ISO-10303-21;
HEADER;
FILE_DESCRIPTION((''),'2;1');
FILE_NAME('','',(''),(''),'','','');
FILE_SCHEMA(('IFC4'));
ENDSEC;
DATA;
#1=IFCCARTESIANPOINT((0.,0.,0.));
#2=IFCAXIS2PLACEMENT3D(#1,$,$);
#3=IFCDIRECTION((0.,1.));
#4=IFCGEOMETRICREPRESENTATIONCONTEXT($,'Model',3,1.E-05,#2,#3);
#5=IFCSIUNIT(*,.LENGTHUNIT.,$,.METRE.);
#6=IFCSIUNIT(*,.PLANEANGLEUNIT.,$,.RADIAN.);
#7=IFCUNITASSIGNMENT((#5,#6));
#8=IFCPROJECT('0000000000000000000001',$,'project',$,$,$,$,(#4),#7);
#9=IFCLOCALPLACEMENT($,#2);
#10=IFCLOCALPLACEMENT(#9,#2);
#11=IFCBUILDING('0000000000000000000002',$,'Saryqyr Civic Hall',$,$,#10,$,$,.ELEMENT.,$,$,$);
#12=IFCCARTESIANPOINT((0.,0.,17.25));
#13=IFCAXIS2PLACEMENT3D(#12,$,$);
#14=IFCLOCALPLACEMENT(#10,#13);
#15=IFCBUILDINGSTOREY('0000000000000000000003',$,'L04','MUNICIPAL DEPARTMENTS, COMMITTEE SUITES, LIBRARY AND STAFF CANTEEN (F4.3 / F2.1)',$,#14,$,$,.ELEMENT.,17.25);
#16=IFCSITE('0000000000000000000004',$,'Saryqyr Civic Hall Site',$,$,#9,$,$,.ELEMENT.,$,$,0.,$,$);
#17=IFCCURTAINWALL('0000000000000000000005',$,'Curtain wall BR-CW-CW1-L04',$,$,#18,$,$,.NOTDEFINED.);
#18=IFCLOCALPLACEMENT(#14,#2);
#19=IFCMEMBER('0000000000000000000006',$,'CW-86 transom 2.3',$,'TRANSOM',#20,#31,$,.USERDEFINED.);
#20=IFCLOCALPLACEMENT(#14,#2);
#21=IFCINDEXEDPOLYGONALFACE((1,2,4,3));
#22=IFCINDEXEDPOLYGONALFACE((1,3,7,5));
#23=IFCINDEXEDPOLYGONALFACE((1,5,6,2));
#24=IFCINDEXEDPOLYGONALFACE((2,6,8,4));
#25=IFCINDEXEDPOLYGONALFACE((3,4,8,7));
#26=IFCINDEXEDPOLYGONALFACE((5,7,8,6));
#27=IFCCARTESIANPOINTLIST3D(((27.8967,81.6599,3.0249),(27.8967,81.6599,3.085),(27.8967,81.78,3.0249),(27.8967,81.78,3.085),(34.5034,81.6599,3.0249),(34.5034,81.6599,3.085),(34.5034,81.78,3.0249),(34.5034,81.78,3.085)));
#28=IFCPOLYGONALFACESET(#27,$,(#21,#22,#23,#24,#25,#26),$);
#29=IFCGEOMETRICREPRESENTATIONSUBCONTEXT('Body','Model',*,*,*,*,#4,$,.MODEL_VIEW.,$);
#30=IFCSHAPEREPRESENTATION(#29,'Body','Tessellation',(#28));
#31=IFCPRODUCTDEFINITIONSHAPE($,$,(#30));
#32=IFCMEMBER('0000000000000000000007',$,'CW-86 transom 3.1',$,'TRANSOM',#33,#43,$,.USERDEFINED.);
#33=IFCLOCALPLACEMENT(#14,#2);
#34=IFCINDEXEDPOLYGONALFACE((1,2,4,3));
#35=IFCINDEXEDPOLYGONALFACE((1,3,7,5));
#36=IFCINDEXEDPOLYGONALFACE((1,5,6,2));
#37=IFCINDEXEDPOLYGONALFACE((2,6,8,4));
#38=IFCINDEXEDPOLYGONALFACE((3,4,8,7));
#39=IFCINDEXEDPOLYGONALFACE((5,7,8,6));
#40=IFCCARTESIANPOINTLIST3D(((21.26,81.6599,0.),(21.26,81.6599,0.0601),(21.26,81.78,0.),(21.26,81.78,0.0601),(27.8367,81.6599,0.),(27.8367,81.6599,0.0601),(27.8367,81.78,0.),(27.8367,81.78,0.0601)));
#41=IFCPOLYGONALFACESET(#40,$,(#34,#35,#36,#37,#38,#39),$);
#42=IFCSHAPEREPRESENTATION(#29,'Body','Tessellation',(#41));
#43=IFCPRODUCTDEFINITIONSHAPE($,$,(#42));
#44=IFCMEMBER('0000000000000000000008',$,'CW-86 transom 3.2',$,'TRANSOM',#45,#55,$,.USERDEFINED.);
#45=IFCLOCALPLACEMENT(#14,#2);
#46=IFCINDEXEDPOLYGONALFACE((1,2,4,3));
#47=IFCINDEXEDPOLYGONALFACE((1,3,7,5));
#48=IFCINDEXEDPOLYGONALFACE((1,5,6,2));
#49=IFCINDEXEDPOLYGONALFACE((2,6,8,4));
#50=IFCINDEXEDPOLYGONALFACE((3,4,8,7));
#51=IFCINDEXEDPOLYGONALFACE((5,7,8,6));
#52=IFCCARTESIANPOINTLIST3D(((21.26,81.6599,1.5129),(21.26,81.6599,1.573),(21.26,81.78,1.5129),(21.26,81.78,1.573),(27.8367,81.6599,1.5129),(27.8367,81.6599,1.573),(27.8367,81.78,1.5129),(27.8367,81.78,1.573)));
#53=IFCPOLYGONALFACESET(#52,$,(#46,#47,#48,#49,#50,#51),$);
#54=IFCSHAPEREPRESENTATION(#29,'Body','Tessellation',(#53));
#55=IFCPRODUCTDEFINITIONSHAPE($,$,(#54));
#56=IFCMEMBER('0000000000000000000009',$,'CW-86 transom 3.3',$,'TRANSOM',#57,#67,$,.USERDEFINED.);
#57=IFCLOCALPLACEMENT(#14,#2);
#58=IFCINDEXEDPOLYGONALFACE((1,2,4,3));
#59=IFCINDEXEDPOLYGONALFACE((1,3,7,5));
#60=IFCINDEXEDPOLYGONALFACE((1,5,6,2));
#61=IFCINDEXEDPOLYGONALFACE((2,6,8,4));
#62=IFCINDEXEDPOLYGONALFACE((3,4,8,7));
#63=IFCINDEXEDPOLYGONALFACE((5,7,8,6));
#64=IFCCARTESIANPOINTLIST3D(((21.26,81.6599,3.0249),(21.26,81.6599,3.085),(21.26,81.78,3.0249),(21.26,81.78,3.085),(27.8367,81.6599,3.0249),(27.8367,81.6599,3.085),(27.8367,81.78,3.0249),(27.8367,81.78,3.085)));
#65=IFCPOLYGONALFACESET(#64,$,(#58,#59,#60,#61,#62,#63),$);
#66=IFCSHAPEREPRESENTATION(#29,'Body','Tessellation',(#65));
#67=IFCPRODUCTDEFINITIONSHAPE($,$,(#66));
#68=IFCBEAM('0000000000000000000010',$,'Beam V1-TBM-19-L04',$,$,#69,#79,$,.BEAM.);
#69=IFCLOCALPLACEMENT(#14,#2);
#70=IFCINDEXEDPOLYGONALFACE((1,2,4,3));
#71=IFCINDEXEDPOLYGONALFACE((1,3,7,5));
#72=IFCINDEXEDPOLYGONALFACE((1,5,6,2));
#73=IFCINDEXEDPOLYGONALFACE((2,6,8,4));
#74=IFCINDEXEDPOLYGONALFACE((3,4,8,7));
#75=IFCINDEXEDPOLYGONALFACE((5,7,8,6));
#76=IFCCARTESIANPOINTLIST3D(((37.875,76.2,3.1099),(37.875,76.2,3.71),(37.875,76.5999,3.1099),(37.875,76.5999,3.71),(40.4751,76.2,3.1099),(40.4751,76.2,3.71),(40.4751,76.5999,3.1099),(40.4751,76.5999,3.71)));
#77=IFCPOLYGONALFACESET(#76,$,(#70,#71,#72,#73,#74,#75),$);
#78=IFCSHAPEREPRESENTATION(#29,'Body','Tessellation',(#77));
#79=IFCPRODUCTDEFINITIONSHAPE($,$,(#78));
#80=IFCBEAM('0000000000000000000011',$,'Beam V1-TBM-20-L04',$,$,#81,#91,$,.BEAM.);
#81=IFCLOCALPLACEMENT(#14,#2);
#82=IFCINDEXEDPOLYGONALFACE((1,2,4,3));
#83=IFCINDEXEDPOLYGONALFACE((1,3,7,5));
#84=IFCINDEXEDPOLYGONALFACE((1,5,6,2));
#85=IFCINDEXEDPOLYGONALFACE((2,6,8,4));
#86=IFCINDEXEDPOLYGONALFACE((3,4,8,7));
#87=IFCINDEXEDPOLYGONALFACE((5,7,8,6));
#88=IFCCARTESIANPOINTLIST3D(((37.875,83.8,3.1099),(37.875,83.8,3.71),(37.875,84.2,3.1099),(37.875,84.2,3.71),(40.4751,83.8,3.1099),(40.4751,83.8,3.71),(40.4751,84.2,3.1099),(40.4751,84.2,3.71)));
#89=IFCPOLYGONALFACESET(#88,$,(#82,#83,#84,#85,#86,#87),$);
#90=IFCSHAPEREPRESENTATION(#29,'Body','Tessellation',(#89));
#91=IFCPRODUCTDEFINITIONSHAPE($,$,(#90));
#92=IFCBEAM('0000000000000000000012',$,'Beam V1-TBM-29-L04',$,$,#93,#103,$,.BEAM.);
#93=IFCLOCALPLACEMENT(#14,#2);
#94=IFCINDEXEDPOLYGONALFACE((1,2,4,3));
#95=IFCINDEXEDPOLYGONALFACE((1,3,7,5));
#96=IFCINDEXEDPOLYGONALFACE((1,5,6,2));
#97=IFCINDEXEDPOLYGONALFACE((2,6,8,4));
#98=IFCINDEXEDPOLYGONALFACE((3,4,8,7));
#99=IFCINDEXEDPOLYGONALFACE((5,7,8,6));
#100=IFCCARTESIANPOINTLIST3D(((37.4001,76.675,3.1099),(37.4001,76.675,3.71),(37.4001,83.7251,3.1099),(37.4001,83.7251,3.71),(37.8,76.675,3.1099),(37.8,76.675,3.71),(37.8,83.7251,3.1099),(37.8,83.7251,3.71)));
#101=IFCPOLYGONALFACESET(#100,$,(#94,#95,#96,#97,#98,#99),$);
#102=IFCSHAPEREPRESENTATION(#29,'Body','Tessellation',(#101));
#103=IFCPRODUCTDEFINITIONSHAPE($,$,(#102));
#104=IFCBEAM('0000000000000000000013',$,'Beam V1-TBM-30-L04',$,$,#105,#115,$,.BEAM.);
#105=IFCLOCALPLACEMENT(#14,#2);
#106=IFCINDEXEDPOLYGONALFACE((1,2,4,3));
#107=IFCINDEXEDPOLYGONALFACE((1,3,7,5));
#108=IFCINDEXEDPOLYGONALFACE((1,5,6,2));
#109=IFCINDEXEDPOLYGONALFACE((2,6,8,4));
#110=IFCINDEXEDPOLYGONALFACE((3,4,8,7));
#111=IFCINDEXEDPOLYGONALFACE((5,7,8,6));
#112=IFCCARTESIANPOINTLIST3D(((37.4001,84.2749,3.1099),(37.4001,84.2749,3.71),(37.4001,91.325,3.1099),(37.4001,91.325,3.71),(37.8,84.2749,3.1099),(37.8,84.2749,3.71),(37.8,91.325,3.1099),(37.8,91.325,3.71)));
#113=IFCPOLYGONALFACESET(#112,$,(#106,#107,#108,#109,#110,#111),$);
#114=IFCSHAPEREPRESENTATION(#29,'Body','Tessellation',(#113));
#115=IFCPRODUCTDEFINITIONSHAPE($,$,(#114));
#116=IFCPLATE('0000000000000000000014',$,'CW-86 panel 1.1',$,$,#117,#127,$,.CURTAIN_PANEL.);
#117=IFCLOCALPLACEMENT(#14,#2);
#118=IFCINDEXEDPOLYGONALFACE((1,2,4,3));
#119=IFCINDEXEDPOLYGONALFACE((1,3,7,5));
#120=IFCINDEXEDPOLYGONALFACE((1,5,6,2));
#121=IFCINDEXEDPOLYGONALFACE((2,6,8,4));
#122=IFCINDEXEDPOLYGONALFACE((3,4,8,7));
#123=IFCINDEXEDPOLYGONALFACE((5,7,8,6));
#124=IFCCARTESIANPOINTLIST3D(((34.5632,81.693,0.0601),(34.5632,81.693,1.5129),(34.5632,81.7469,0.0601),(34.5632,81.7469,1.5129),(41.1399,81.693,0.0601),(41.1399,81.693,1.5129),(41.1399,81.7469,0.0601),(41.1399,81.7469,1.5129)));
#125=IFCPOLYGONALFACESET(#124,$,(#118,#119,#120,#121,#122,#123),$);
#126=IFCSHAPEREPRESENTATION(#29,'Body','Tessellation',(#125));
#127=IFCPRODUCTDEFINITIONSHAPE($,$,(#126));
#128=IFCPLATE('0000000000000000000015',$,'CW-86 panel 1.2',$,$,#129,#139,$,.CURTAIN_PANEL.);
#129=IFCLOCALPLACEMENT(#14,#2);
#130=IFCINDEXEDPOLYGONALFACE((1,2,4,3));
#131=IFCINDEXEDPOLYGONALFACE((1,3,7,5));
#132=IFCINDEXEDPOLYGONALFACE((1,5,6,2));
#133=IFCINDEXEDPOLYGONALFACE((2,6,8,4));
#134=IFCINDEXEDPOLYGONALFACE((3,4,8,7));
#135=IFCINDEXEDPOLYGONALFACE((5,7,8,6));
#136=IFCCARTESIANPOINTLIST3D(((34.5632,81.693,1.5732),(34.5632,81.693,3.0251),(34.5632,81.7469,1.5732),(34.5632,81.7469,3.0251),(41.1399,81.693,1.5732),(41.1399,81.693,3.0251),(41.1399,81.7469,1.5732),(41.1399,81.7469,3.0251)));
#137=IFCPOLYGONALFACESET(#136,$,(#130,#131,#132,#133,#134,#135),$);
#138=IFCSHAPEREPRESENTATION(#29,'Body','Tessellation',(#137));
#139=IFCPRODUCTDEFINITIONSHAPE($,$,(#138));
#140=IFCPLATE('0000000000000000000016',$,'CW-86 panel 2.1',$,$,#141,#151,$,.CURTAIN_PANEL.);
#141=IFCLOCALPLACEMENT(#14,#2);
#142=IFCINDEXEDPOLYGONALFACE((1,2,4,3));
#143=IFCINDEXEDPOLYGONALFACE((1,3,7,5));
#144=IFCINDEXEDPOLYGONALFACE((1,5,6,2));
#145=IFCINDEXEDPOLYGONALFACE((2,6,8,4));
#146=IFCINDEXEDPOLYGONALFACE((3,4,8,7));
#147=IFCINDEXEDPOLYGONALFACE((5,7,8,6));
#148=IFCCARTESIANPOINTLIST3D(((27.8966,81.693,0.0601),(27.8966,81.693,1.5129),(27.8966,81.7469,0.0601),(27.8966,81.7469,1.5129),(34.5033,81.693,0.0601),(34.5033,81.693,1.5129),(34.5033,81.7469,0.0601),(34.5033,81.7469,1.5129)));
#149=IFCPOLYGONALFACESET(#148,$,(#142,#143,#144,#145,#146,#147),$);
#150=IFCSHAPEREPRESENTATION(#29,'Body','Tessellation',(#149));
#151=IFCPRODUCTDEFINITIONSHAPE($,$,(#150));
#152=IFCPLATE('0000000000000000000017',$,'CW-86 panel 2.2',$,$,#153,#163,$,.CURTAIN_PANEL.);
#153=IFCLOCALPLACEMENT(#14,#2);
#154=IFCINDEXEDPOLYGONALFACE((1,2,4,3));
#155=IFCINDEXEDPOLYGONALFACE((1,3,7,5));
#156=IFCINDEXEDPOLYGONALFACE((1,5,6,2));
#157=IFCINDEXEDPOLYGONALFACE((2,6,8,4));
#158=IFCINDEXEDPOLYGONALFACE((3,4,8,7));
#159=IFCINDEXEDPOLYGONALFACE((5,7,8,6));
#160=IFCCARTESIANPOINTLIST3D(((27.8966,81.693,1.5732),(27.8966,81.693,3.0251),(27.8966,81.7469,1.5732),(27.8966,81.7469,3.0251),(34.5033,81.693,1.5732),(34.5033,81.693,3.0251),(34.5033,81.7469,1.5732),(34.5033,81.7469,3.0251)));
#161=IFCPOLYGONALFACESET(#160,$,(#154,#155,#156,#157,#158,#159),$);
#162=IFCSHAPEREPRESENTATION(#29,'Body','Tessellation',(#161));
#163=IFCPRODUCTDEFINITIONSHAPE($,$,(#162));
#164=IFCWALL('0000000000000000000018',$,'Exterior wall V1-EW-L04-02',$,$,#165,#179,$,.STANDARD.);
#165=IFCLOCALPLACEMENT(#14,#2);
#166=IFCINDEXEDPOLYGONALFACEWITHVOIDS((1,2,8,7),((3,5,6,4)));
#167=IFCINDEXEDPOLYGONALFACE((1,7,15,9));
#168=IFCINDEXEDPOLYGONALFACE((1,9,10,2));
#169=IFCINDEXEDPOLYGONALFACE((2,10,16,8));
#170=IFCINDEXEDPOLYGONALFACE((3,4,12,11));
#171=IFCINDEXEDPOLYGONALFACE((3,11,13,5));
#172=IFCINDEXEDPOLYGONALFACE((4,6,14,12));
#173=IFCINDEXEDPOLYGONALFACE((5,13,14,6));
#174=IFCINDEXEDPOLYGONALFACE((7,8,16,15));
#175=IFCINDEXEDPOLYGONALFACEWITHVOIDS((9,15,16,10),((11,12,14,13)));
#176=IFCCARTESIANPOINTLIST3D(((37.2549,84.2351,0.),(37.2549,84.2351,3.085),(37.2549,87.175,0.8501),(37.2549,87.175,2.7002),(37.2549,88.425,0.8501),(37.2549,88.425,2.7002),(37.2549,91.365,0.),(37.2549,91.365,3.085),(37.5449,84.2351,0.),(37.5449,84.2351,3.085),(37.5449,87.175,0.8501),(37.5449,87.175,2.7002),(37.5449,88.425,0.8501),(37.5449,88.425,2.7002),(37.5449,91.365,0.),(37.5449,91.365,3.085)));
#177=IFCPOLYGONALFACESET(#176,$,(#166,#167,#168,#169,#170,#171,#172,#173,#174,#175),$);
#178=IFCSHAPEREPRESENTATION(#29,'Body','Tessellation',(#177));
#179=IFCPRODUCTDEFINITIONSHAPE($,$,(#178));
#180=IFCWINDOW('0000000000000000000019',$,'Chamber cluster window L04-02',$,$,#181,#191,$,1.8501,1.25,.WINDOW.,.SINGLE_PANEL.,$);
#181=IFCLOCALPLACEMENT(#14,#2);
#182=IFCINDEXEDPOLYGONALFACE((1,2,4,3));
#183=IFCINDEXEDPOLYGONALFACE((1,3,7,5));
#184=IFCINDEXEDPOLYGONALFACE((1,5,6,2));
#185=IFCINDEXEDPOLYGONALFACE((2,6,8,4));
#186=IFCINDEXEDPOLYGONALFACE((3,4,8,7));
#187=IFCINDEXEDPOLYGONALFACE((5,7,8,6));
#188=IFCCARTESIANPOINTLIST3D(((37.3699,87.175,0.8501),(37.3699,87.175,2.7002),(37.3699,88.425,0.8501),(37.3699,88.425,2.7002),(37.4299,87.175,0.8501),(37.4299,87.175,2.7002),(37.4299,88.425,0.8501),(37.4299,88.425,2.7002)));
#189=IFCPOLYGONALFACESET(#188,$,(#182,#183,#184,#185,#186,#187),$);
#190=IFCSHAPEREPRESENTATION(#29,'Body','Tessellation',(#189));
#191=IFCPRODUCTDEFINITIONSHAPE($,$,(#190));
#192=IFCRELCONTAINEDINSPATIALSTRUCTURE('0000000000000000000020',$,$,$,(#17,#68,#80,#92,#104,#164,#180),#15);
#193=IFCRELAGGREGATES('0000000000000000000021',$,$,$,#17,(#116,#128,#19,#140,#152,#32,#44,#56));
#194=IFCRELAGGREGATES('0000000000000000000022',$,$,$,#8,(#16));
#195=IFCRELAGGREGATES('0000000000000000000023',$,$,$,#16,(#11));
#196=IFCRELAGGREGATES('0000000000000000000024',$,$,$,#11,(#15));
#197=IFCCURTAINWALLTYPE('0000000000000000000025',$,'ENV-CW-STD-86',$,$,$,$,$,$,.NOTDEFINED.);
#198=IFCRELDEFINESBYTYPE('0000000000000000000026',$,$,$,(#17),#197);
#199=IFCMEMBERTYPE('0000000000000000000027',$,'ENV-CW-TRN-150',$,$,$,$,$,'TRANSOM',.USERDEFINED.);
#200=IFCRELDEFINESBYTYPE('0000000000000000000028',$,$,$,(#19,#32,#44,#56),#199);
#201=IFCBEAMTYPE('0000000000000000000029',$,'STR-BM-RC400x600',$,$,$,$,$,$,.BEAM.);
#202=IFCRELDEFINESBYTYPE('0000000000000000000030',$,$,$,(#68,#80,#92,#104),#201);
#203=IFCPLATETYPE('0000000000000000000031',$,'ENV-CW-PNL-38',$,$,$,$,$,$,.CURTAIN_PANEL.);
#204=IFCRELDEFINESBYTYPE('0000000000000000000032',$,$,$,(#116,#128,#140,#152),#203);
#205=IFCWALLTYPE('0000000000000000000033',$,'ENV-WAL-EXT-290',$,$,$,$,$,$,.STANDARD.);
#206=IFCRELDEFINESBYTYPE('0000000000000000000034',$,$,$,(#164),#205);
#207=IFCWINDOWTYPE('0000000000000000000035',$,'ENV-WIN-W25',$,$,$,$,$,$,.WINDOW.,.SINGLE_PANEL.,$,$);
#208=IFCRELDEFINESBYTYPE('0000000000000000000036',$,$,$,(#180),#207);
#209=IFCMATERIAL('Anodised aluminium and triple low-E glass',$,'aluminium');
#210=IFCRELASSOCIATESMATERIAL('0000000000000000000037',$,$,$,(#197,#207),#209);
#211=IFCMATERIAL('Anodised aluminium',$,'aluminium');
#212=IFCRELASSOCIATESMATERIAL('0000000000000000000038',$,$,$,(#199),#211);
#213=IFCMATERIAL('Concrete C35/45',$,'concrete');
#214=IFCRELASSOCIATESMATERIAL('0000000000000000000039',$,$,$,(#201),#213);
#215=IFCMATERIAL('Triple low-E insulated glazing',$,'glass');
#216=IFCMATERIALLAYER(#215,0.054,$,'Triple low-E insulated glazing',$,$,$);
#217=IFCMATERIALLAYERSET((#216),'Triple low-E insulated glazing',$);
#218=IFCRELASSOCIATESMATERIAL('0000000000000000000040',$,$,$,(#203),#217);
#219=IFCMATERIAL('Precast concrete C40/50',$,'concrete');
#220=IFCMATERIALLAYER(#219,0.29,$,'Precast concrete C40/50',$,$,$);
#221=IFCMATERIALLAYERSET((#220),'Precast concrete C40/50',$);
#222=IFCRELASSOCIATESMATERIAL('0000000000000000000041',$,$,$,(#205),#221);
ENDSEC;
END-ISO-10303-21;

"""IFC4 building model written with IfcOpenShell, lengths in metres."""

from ifc_helpers import new_model, si_unit, direction, frame, frame_2d, origin, origin_2d, place, context, subcontext, project, spatial, rectangle, extrude, material, layer, layer_set, material_profile, profile_set, type_object, element, fill, aggregate, save


model = new_model("IFC4")

# Units and contexts
model_context = context("Model", 3, precision=1e-05, world=origin(), true_north=direction((0.0, 1.0)))
body_context = subcontext(model_context, "Body", "Model", "MODEL_VIEW")
ifc_project = project(units=[si_unit("LENGTHUNIT", "METRE"), si_unit("PLANEANGLEUNIT", "RADIAN")], contexts=[model_context])

# Site, building, storey
site_placement = place(None, origin())
site = spatial("IfcSite", under=ifc_project, at=site_placement, Name="Saryqyr Civic Hall Site", CompositionType="ELEMENT", RefElevation=0.0)
building_placement = place(site_placement, origin())
building = spatial("IfcBuilding", under=site, at=building_placement, Name="Saryqyr Civic Hall", CompositionType="ELEMENT")
storey_placement = place(building_placement, frame((0.0, 0.0, 17.25)))
storey = spatial("IfcBuildingStorey", under=building, at=storey_placement, Name="L04", Description="MUNICIPAL DEPARTMENTS, COMMITTEE SUITES, LIBRARY AND STAFF CANTEEN (F4.3 / F2.1)", CompositionType="ELEMENT", Elevation=17.25)

# Curtain wall, members
ifc_material_1 = material(Name="Anodised aluminium and triple low-E glass", Category="aluminium")
curtain_wall_type = type_object("IfcCurtainWallType", Name="ENV-CW-STD-86", PredefinedType="NOTDEFINED", material=ifc_material_1)
curtain_wall_placement = place(storey_placement, origin())
curtain_wall = element("IfcCurtainWall", 1, at=curtain_wall_placement, inside=storey, type_object=curtain_wall_type, Name="Curtain wall BR-CW-CW1-L04", PredefinedType="NOTDEFINED")
ifc_material_2 = material(Name="Anodised aluminium", Category="aluminium")
ifc_material_profile_1 = material_profile(ifc_material_2, rectangle(XDim=0.1201, YDim=0.0601, at=origin_2d()), Name="ALU TRANSOM 120x60")
ifc_profile_set_1 = profile_set([ifc_material_profile_1], Name="Anodised aluminium")
member_type_1 = type_object("IfcMemberType", Name="ENV-CW-TRN-150", ElementType="TRANSOM", PredefinedType="USERDEFINED", material=ifc_profile_set_1)
member_1_placement = place(storey_placement, frame((34.5034, 81.72, 3.0549), z_axis=(-1.0, 0.0, 0.0), x_axis=(0.0, -1.0, 0.0)))
member_1 = element("IfcMember", 2, at=member_1_placement, type_object=member_type_1, Name="CW-86 transom 2.3", ObjectType="TRANSOM", PredefinedType="USERDEFINED", context=body_context, shape_type="SweptSolid", body=[
    extrude(rectangle(XDim=0.1201, YDim=0.0601, at=origin_2d()), origin(), (0.0, 0.0, 1.0), 6.6067),
])
member_2_placement = place(storey_placement, frame((27.8367, 81.72, 0.03), z_axis=(-1.0, 0.0, 0.0), x_axis=(0.0, -1.0, 0.0)))
member_2 = element("IfcMember", 3, at=member_2_placement, type_object=member_type_1, Name="CW-86 transom 3.1", ObjectType="TRANSOM", PredefinedType="USERDEFINED", context=body_context, shape_type="SweptSolid", body=[
    extrude(rectangle(XDim=0.1201, YDim=0.0601, at=origin_2d()), origin(), (0.0, 0.0, 1.0), 6.5767),
])
member_3_placement = place(storey_placement, frame((27.8367, 81.72, 1.543), z_axis=(-1.0, 0.0, 0.0), x_axis=(0.0, -1.0, 0.0)))
member_3 = element("IfcMember", 4, at=member_3_placement, type_object=member_type_1, Name="CW-86 transom 3.2", ObjectType="TRANSOM", PredefinedType="USERDEFINED", context=body_context, shape_type="SweptSolid", body=[
    extrude(rectangle(XDim=0.1201, YDim=0.0601, at=origin_2d()), origin(), (0.0, 0.0, 1.0), 6.5767),
])
member_4_placement = place(storey_placement, frame((27.8367, 81.72, 3.0549), z_axis=(-1.0, 0.0, 0.0), x_axis=(0.0, -1.0, 0.0)))
member_4 = element("IfcMember", 5, at=member_4_placement, type_object=member_type_1, Name="CW-86 transom 3.3", ObjectType="TRANSOM", PredefinedType="USERDEFINED", context=body_context, shape_type="SweptSolid", body=[
    extrude(rectangle(XDim=0.1201, YDim=0.0601, at=origin_2d()), origin(), (0.0, 0.0, 1.0), 6.5767),
])

# Beams
ifc_material_3 = material(Name="Concrete C35/45", Category="concrete")
ifc_material_profile_2 = material_profile(ifc_material_3, rectangle(XDim=0.3999, YDim=0.6001, at=origin_2d()), Name="RC 400x600")
ifc_profile_set_2 = profile_set([ifc_material_profile_2], Name="Concrete C35/45")
beam_type = type_object("IfcBeamType", Name="STR-BM-RC400x600", PredefinedType="BEAM", material=ifc_profile_set_2)
for number, where, z_axis, x_axis, name in (
    (6, (37.875, 76.3999, 3.4099), (1.0, 0.0, 0.0), (0.0, 1.0, 0.0), "Beam V1-TBM-19-L04"),
    (7, (37.875, 84.0, 3.4099), (1.0, 0.0, 0.0), (0.0, 1.0, 0.0), "Beam V1-TBM-20-L04"),
):
    element("IfcBeam", number, at=place(storey_placement, frame(where, z_axis=z_axis, x_axis=x_axis)), inside=storey, type_object=beam_type, Name=name, PredefinedType="BEAM", context=body_context, shape_type="SweptSolid", body=[
        extrude(rectangle(XDim=0.3999, YDim=0.6001, at=origin_2d()), origin(), (0.0, 0.0, 1.0), 2.6001),
    ])
for number, where, z_axis, x_axis, name in (
    (8, (37.6001, 76.675, 3.4099), (0.0, 1.0, 0.0), (-1.0, 0.0, 0.0), "Beam V1-TBM-29-L04"),
    (9, (37.6001, 84.2749, 3.4099), (0.0, 1.0, 0.0), (-1.0, 0.0, 0.0), "Beam V1-TBM-30-L04"),
):
    element("IfcBeam", number, at=place(storey_placement, frame(where, z_axis=z_axis, x_axis=x_axis)), inside=storey, type_object=beam_type, Name=name, PredefinedType="BEAM", context=body_context, shape_type="SweptSolid", body=[
        extrude(rectangle(XDim=0.3999, YDim=0.6001, at=origin_2d()), origin(), (0.0, 0.0, 1.0), 7.05),
    ])

# Plates
ifc_material_4 = material(Name="Triple low-E insulated glazing", Category="glass")
ifc_layer_1 = layer(ifc_material_4, 0.054, Name="Triple low-E insulated glazing")
ifc_layer_set_1 = layer_set([ifc_layer_1], Name="Triple low-E insulated glazing")
plate_type = type_object("IfcPlateType", Name="ENV-CW-PNL-38", PredefinedType="CURTAIN_PANEL", material=ifc_layer_set_1)
plate_1_placement = place(storey_placement, frame((37.8516, 81.72, 0.0601), z_axis=(0.0, 0.0, 1.0), x_axis=(-1.0, 0.0, 0.0)))
plate_1 = element("IfcPlate", 10, at=plate_1_placement, type_object=plate_type, Name="CW-86 panel 1.1", PredefinedType="CURTAIN_PANEL", context=body_context, shape_type="SweptSolid", body=[
    extrude(rectangle(XDim=6.5767, YDim=0.054, at=origin_2d()), origin(), (0.0, 0.0, 1.0), 1.4529),
])
plate_2_placement = place(storey_placement, frame((37.8516, 81.72, 1.5732), z_axis=(0.0, 0.0, 1.0), x_axis=(-1.0, 0.0, 0.0)))
plate_2 = element("IfcPlate", 11, at=plate_2_placement, type_object=plate_type, Name="CW-86 panel 1.2", PredefinedType="CURTAIN_PANEL", context=body_context, shape_type="SweptSolid", body=[
    extrude(rectangle(XDim=6.5767, YDim=0.054, at=origin_2d()), origin(), (0.0, 0.0, 1.0), 1.4519),
])
plate_3_placement = place(storey_placement, frame((31.2, 81.72, 0.0601), z_axis=(0.0, 0.0, 1.0), x_axis=(-1.0, 0.0, 0.0)))
plate_3 = element("IfcPlate", 12, at=plate_3_placement, type_object=plate_type, Name="CW-86 panel 2.1", PredefinedType="CURTAIN_PANEL", context=body_context, shape_type="SweptSolid", body=[
    extrude(rectangle(XDim=6.6067, YDim=0.054, at=origin_2d()), origin(), (0.0, 0.0, 1.0), 1.4529),
])
plate_4_placement = place(storey_placement, frame((31.2, 81.72, 1.5732), z_axis=(0.0, 0.0, 1.0), x_axis=(-1.0, 0.0, 0.0)))
plate_4 = element("IfcPlate", 13, at=plate_4_placement, type_object=plate_type, Name="CW-86 panel 2.2", PredefinedType="CURTAIN_PANEL", context=body_context, shape_type="SweptSolid", body=[
    extrude(rectangle(XDim=6.6067, YDim=0.054, at=origin_2d()), origin(), (0.0, 0.0, 1.0), 1.4519),
])
aggregate(curtain_wall, [plate_1, plate_2, member_1, plate_3, plate_4, member_2, member_3, member_4])

# Wall, opening, window
ifc_material_5 = material(Name="Precast concrete C40/50", Category="concrete")
ifc_layer_2 = layer(ifc_material_5, 0.29, Name="Precast concrete C40/50")
ifc_layer_set_2 = layer_set([ifc_layer_2], Name="Precast concrete C40/50")
wall_type_1 = type_object("IfcWallType", Name="ENV-WAL-EXT-290", PredefinedType="STANDARD", material=ifc_layer_set_2)
wall_1_placement = place(storey_placement, frame((37.3999, 84.2351, 0.0), z_axis=(0.0, 0.0, 1.0), x_axis=(0.0, 1.0, 0.0)))
wall_1 = element("IfcWall", 14, at=wall_1_placement, inside=storey, type_object=wall_type_1, Name="Exterior wall V1-EW-L04-02", PredefinedType="STANDARD", context=body_context, shape_type="SweptSolid", body=[
    extrude(rectangle(XDim=7.1299, YDim=0.29, at=frame_2d((3.5649, 0.0))), origin(), (0.0, 0.0, 1.0), 3.085),
])
opening_placement = place(wall_1_placement, frame((2.9399, 0.0, 0.8501)))
opening = element("IfcOpeningElement", 15, at=opening_placement, cuts=wall_1, PredefinedType="OPENING", context=body_context, shape_type="SweptSolid", body=[
    extrude(rectangle(XDim=1.25, YDim=1.8501, at=frame_2d((0.625, 0.925))), frame((0.0, 0.155, 0.0), z_axis=(0.0, -1.0, 0.0), x_axis=(1.0, 0.0, 0.0)), (0.0, 0.0, 1.0), 0.3101),
])
window_type = type_object("IfcWindowType", Name="ENV-WIN-W25", PartitioningType="SINGLE_PANEL", PredefinedType="WINDOW", material=ifc_material_1)
window_placement = place(opening_placement, origin())
window = element("IfcWindow", 16, at=window_placement, inside=storey, type_object=window_type, Name="Chamber cluster window L04-02", OverallHeight=1.8501, OverallWidth=1.25, PartitioningType="SINGLE_PANEL", PredefinedType="WINDOW", context=body_context, shape_type="SweptSolid", body=[
    extrude(rectangle(XDim=1.25, YDim=1.8501, at=frame_2d((0.625, 0.925))), frame((0.0, 0.03, 0.0), z_axis=(0.0, -1.0, 0.0), x_axis=(1.0, 0.0, 0.0)), (0.0, 0.0, 1.0), 0.0601),
])
fill(opening, window)

save(model, "model.ifc")
